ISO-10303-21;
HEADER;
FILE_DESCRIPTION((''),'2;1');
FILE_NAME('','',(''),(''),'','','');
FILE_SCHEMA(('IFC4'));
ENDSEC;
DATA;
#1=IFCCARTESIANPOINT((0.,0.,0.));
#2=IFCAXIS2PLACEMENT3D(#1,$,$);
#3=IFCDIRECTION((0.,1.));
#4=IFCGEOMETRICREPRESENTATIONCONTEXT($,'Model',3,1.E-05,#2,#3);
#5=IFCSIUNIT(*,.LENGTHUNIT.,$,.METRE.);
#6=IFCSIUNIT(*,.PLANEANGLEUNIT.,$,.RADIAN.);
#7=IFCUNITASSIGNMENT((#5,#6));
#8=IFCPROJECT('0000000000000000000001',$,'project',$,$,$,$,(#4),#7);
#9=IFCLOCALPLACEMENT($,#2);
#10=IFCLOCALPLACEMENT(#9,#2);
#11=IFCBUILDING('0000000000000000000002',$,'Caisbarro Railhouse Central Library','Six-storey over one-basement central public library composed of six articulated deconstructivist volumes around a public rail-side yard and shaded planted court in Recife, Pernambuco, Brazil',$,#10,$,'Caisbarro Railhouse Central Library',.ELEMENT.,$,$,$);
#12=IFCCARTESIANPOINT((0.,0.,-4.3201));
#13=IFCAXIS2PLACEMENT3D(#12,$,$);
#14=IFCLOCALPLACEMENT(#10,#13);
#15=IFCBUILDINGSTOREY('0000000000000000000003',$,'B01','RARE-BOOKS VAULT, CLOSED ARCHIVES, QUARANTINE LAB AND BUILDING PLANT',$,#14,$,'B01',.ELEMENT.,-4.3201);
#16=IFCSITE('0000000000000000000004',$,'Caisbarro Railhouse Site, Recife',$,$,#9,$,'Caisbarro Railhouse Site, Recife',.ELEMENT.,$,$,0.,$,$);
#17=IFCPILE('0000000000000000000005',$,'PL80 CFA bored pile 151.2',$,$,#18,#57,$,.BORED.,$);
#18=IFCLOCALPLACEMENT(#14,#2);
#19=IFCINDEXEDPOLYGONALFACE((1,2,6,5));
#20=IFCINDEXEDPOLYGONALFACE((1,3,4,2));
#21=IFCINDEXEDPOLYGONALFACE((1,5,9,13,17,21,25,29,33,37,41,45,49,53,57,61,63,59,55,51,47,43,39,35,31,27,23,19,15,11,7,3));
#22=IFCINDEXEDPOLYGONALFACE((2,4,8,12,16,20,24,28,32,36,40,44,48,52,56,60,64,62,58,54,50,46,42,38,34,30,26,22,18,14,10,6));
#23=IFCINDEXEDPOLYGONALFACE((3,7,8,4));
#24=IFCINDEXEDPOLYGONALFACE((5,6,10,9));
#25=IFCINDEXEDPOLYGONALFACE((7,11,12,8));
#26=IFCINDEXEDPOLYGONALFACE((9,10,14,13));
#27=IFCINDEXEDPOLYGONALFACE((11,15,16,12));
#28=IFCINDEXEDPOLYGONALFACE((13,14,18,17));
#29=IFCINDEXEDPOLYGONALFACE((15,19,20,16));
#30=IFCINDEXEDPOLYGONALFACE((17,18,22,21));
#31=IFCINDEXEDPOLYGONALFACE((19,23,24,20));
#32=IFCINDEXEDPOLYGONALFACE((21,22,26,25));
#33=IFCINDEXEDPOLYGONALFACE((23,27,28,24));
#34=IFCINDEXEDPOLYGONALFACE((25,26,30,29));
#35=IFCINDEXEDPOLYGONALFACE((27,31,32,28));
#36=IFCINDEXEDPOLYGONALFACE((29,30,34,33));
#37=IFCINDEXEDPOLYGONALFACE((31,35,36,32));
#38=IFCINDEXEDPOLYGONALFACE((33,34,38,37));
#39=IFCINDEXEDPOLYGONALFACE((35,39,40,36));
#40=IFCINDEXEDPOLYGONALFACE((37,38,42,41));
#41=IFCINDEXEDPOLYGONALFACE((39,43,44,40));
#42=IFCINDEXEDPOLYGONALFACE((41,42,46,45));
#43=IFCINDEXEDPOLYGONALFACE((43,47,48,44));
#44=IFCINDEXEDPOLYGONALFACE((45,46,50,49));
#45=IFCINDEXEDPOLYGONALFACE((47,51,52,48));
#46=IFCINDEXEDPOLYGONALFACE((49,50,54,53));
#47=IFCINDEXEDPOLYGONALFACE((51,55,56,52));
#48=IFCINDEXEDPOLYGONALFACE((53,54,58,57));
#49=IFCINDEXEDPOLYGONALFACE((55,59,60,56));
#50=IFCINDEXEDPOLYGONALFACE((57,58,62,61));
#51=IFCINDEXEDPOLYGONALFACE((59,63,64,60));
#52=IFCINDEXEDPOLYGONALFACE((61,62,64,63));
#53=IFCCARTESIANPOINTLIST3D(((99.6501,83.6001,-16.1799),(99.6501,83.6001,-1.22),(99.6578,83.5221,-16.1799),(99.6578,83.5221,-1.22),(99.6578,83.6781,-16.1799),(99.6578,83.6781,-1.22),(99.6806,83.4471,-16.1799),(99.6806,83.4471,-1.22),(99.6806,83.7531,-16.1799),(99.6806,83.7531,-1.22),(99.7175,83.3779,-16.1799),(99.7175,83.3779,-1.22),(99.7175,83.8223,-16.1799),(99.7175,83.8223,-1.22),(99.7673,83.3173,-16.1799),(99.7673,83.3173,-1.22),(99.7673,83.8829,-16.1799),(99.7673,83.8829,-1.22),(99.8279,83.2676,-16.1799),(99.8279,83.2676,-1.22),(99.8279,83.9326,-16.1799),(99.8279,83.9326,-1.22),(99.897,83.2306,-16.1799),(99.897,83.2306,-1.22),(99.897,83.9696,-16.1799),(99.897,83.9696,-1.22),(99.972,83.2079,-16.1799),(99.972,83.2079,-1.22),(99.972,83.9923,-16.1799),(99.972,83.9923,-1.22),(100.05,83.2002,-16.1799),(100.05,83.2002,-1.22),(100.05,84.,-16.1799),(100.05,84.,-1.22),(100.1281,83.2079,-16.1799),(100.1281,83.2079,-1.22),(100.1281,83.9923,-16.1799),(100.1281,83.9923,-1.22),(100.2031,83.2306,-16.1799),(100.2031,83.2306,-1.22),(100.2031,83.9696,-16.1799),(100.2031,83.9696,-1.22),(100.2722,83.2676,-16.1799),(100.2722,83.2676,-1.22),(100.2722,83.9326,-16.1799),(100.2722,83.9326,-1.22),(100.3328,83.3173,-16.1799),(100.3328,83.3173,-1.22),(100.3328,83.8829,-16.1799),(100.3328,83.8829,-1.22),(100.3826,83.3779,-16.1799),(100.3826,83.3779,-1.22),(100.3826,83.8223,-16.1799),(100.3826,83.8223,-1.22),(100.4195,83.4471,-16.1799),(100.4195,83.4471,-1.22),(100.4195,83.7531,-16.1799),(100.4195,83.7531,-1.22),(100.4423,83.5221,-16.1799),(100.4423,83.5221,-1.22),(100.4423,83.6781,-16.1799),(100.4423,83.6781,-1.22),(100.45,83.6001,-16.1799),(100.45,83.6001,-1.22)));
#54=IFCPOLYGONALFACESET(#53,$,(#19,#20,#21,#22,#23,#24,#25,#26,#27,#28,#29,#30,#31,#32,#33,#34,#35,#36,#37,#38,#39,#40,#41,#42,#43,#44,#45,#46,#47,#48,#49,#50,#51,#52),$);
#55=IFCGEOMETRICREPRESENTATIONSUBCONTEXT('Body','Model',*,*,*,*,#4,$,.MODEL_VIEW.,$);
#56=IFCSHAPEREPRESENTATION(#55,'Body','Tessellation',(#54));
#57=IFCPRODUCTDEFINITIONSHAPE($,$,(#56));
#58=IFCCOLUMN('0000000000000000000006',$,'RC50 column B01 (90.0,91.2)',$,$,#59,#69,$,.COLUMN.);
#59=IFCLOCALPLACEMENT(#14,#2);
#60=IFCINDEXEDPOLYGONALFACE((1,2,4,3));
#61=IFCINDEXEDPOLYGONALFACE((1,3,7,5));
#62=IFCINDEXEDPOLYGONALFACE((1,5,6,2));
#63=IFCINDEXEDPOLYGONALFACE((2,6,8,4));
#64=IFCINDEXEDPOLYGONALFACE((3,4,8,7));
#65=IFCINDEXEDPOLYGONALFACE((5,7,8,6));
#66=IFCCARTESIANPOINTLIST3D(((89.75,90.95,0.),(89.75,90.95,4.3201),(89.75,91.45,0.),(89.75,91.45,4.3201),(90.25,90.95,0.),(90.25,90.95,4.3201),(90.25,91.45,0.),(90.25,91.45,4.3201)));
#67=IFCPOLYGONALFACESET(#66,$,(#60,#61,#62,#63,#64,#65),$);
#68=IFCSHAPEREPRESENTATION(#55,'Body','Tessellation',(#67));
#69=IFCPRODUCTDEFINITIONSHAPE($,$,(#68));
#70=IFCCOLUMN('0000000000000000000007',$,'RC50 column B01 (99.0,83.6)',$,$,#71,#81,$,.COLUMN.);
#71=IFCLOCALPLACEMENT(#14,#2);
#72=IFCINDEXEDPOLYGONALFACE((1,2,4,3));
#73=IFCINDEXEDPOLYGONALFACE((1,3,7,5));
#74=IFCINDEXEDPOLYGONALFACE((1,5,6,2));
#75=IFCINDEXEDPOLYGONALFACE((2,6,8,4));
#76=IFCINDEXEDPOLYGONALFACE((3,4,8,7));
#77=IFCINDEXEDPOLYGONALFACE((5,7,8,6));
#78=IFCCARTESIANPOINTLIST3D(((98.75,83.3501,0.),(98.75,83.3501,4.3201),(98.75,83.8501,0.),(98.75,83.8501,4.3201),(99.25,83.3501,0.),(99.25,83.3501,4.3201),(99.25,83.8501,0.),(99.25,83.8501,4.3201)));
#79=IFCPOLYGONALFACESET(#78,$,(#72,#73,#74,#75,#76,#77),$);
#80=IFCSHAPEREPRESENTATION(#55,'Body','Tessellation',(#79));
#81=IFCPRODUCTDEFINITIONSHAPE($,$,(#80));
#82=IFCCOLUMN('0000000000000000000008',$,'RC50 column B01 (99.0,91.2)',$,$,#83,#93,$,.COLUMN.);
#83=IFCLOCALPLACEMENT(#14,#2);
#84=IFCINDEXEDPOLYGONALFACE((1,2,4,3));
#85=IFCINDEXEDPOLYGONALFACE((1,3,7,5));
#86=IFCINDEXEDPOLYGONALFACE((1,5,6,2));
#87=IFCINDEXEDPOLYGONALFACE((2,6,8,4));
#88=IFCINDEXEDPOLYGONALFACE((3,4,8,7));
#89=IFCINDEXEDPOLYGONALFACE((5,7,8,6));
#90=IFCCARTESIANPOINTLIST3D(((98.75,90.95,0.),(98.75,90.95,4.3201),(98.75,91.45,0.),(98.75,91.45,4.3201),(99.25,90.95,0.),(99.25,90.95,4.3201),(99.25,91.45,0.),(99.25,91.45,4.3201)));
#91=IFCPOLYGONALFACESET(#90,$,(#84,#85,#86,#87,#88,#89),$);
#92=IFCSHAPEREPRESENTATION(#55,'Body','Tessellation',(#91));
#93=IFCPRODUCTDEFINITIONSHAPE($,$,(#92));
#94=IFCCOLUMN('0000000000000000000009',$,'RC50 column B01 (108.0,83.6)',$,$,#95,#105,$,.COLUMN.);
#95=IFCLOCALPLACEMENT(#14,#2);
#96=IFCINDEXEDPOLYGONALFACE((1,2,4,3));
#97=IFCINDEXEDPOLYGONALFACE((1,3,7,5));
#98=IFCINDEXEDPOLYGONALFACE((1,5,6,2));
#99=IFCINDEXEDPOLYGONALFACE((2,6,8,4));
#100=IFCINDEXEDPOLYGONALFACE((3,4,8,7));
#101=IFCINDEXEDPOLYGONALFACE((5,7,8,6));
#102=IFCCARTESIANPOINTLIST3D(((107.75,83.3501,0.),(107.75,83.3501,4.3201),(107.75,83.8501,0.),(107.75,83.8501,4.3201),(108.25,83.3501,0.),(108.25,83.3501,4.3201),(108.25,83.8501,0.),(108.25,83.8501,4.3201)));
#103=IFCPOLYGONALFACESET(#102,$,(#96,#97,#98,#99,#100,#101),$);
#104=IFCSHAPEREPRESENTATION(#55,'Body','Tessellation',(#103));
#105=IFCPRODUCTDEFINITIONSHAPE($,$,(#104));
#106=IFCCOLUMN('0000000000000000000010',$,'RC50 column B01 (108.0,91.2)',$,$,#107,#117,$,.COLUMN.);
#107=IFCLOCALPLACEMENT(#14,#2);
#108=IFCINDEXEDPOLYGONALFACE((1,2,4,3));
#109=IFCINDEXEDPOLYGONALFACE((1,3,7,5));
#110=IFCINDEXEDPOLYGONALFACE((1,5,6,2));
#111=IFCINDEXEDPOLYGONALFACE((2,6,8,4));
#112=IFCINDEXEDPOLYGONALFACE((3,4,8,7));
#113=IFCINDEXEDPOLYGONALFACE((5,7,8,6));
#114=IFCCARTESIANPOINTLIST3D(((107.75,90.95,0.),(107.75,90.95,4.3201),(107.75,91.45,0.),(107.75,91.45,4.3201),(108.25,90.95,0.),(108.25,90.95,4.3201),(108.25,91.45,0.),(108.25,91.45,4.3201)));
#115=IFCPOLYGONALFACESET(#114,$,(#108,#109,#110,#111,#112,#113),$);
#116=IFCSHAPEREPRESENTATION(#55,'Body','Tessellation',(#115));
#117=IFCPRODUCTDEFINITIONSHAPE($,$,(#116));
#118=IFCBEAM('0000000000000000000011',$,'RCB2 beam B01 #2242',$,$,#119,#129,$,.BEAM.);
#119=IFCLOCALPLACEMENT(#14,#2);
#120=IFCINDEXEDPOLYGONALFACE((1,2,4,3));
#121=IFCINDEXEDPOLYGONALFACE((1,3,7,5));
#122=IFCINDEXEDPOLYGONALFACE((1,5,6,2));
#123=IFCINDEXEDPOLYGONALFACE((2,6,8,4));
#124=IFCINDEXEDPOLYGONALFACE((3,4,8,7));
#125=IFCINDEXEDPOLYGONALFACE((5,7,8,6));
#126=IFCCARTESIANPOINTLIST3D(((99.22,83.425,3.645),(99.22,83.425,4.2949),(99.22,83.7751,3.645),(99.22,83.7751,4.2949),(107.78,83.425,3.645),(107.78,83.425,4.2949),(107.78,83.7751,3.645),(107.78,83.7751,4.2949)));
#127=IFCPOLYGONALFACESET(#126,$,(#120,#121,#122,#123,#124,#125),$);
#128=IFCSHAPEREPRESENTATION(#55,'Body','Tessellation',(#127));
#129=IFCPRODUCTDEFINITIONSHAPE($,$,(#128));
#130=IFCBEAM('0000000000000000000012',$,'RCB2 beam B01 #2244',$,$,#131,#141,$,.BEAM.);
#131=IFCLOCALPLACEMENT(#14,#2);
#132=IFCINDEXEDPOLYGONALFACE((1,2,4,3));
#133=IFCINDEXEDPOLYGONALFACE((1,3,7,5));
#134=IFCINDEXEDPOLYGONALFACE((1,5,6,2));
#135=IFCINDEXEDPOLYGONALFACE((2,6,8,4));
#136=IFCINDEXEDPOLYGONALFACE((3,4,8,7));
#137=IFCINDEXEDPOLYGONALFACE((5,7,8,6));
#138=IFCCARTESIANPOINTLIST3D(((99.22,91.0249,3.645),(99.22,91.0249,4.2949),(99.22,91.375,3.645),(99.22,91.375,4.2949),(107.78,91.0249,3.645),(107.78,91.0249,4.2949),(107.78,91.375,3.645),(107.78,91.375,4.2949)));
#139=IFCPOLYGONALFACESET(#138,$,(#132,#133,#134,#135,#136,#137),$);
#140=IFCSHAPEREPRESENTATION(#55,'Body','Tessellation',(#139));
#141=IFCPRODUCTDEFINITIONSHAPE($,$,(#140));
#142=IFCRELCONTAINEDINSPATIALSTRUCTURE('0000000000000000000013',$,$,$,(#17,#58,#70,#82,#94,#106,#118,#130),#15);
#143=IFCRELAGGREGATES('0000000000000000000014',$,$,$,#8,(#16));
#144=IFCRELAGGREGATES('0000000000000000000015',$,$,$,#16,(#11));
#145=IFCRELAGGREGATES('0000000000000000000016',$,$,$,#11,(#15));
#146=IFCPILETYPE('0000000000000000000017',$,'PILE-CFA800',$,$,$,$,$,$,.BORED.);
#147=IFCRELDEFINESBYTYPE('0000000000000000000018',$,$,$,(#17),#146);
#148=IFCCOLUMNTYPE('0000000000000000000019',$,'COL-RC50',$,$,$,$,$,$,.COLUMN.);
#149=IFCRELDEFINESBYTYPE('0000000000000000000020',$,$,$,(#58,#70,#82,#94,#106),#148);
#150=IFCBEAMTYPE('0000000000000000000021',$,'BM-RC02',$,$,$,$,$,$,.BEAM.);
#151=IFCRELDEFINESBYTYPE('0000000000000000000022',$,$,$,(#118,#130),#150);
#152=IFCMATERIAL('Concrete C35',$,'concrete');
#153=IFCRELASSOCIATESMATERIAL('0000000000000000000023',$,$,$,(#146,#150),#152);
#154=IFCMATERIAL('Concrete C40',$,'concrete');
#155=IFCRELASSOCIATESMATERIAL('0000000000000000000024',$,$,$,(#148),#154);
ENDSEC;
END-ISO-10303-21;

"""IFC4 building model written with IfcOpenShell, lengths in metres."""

from ifc_helpers import new_model, si_unit, direction, frame, origin, origin_2d, place, context, subcontext, project, spatial, rectangle, circle, extrude, material, material_profile, profile_set, type_object, element, save


model = new_model("IFC4")

# Units and contexts
model_context = context("Model", 3, precision=1e-05, world=origin(), true_north=direction((0.0, 1.0)))
body_context = subcontext(model_context, "Body", "Model", "MODEL_VIEW")
ifc_project = project(units=[si_unit("LENGTHUNIT", "METRE"), si_unit("PLANEANGLEUNIT", "RADIAN")], contexts=[model_context])

# Site, building, storey
site_placement = place(None, origin())
site = spatial("IfcSite", under=ifc_project, at=site_placement, Name="Caisbarro Railhouse Site, Recife", LongName="Caisbarro Railhouse Site, Recife", CompositionType="ELEMENT", RefElevation=0.0)
building_placement = place(site_placement, origin())
building = spatial("IfcBuilding", under=site, at=building_placement, Name="Caisbarro Railhouse Central Library", Description="Six-storey over one-basement central public library composed of six articulated deconstructivist volumes around a public rail-side yard and shaded planted court in Recife, Pernambuco, Brazil", LongName="Caisbarro Railhouse Central Library", CompositionType="ELEMENT")
storey_placement = place(building_placement, frame((0.0, 0.0, -4.3201)))
storey = spatial("IfcBuildingStorey", under=building, at=storey_placement, Name="B01", Description="RARE-BOOKS VAULT, CLOSED ARCHIVES, QUARANTINE LAB AND BUILDING PLANT", LongName="B01", CompositionType="ELEMENT", Elevation=-4.3201)

# Shared definitions
ifc_material_1 = material(Name="Concrete C35", Category="concrete")
ifc_material_2 = material(Name="Concrete C40", Category="concrete")

# Pile
ifc_material_profile_1 = material_profile(ifc_material_1, circle(Radius=0.3999, at=origin_2d()), Name="PILE-CFA-800")
ifc_profile_set_1 = profile_set([ifc_material_profile_1], Name="Concrete C35")
pile_type_1 = type_object("IfcPileType", Name="PILE-CFA800", PredefinedType="BORED", material=ifc_profile_set_1)
for number, where, z_axis, x_axis, name in (
    (1, (100.05, 83.6001, -1.22), (0.0, 0.0, -1.0), (1.0, 0.0, 0.0), "PL80 CFA bored pile 151.2"),
):
    element("IfcPile", number, at=place(storey_placement, frame(where, z_axis=z_axis, x_axis=x_axis)), inside=storey, type_object=pile_type_1, Name=name, PredefinedType="BORED", context=body_context, shape_type="SweptSolid", body=[
        extrude(circle(Radius=0.3999, at=origin_2d()), origin(), (0.0, 0.0, 1.0), 14.96),
    ])

# Columns
ifc_material_profile_2 = material_profile(ifc_material_2, rectangle(XDim=0.5, YDim=0.5, at=origin_2d()), Name="RC-COL-500X500")
ifc_profile_set_2 = profile_set([ifc_material_profile_2], Name="Concrete C40")
column_type = type_object("IfcColumnType", Name="COL-RC50", PredefinedType="COLUMN", material=ifc_profile_set_2)
for number, where, z_axis, x_axis, name in (
    (2, (90.0, 91.2, 0.0), (0.0, 0.0, 1.0), (1.0, 0.0, 0.0), "RC50 column B01 (90.0,91.2)"),
    (3, (99.0, 83.6001, 0.0), (0.0, 0.0, 1.0), (1.0, 0.0, 0.0), "RC50 column B01 (99.0,83.6)"),
    (4, (99.0, 91.2, 0.0), (0.0, 0.0, 1.0), (1.0, 0.0, 0.0), "RC50 column B01 (99.0,91.2)"),
    (5, (108.0, 83.6001, 0.0), (0.0, 0.0, 1.0), (1.0, 0.0, 0.0), "RC50 column B01 (108.0,83.6)"),
    (6, (108.0, 91.2, 0.0), (0.0, 0.0, 1.0), (1.0, 0.0, 0.0), "RC50 column B01 (108.0,91.2)"),
):
    element("IfcColumn", number, at=place(storey_placement, frame(where, z_axis=z_axis, x_axis=x_axis)), inside=storey, type_object=column_type, Name=name, PredefinedType="COLUMN", context=body_context, shape_type="SweptSolid", body=[
        extrude(rectangle(XDim=0.5, YDim=0.5, at=origin_2d()), origin(), (0.0, 0.0, 1.0), 4.3201),
    ])

# Beams
ifc_material_profile_3 = material_profile(ifc_material_1, rectangle(XDim=0.3501, YDim=0.6499, at=origin_2d()), Name="RC-BM-350X650")
ifc_profile_set_3 = profile_set([ifc_material_profile_3], Name="Concrete C35")
beam_type = type_object("IfcBeamType", Name="BM-RC02", PredefinedType="BEAM", material=ifc_profile_set_3)
for number, where, z_axis, x_axis, name in (
    (7, (99.22, 83.6001, 3.97), (1.0, 0.0, 0.0), (0.0, 1.0, 0.0), "RCB2 beam B01 #2242"),
    (8, (99.22, 91.2, 3.97), (1.0, 0.0, 0.0), (0.0, 1.0, 0.0), "RCB2 beam B01 #2244"),
):
    element("IfcBeam", number, at=place(storey_placement, frame(where, z_axis=z_axis, x_axis=x_axis)), inside=storey, type_object=beam_type, Name=name, PredefinedType="BEAM", context=body_context, shape_type="SweptSolid", body=[
        extrude(rectangle(XDim=0.3501, YDim=0.6499, at=origin_2d()), origin(), (0.0, 0.0, 1.0), 8.5601),
    ])

save(model, "model.ifc")
